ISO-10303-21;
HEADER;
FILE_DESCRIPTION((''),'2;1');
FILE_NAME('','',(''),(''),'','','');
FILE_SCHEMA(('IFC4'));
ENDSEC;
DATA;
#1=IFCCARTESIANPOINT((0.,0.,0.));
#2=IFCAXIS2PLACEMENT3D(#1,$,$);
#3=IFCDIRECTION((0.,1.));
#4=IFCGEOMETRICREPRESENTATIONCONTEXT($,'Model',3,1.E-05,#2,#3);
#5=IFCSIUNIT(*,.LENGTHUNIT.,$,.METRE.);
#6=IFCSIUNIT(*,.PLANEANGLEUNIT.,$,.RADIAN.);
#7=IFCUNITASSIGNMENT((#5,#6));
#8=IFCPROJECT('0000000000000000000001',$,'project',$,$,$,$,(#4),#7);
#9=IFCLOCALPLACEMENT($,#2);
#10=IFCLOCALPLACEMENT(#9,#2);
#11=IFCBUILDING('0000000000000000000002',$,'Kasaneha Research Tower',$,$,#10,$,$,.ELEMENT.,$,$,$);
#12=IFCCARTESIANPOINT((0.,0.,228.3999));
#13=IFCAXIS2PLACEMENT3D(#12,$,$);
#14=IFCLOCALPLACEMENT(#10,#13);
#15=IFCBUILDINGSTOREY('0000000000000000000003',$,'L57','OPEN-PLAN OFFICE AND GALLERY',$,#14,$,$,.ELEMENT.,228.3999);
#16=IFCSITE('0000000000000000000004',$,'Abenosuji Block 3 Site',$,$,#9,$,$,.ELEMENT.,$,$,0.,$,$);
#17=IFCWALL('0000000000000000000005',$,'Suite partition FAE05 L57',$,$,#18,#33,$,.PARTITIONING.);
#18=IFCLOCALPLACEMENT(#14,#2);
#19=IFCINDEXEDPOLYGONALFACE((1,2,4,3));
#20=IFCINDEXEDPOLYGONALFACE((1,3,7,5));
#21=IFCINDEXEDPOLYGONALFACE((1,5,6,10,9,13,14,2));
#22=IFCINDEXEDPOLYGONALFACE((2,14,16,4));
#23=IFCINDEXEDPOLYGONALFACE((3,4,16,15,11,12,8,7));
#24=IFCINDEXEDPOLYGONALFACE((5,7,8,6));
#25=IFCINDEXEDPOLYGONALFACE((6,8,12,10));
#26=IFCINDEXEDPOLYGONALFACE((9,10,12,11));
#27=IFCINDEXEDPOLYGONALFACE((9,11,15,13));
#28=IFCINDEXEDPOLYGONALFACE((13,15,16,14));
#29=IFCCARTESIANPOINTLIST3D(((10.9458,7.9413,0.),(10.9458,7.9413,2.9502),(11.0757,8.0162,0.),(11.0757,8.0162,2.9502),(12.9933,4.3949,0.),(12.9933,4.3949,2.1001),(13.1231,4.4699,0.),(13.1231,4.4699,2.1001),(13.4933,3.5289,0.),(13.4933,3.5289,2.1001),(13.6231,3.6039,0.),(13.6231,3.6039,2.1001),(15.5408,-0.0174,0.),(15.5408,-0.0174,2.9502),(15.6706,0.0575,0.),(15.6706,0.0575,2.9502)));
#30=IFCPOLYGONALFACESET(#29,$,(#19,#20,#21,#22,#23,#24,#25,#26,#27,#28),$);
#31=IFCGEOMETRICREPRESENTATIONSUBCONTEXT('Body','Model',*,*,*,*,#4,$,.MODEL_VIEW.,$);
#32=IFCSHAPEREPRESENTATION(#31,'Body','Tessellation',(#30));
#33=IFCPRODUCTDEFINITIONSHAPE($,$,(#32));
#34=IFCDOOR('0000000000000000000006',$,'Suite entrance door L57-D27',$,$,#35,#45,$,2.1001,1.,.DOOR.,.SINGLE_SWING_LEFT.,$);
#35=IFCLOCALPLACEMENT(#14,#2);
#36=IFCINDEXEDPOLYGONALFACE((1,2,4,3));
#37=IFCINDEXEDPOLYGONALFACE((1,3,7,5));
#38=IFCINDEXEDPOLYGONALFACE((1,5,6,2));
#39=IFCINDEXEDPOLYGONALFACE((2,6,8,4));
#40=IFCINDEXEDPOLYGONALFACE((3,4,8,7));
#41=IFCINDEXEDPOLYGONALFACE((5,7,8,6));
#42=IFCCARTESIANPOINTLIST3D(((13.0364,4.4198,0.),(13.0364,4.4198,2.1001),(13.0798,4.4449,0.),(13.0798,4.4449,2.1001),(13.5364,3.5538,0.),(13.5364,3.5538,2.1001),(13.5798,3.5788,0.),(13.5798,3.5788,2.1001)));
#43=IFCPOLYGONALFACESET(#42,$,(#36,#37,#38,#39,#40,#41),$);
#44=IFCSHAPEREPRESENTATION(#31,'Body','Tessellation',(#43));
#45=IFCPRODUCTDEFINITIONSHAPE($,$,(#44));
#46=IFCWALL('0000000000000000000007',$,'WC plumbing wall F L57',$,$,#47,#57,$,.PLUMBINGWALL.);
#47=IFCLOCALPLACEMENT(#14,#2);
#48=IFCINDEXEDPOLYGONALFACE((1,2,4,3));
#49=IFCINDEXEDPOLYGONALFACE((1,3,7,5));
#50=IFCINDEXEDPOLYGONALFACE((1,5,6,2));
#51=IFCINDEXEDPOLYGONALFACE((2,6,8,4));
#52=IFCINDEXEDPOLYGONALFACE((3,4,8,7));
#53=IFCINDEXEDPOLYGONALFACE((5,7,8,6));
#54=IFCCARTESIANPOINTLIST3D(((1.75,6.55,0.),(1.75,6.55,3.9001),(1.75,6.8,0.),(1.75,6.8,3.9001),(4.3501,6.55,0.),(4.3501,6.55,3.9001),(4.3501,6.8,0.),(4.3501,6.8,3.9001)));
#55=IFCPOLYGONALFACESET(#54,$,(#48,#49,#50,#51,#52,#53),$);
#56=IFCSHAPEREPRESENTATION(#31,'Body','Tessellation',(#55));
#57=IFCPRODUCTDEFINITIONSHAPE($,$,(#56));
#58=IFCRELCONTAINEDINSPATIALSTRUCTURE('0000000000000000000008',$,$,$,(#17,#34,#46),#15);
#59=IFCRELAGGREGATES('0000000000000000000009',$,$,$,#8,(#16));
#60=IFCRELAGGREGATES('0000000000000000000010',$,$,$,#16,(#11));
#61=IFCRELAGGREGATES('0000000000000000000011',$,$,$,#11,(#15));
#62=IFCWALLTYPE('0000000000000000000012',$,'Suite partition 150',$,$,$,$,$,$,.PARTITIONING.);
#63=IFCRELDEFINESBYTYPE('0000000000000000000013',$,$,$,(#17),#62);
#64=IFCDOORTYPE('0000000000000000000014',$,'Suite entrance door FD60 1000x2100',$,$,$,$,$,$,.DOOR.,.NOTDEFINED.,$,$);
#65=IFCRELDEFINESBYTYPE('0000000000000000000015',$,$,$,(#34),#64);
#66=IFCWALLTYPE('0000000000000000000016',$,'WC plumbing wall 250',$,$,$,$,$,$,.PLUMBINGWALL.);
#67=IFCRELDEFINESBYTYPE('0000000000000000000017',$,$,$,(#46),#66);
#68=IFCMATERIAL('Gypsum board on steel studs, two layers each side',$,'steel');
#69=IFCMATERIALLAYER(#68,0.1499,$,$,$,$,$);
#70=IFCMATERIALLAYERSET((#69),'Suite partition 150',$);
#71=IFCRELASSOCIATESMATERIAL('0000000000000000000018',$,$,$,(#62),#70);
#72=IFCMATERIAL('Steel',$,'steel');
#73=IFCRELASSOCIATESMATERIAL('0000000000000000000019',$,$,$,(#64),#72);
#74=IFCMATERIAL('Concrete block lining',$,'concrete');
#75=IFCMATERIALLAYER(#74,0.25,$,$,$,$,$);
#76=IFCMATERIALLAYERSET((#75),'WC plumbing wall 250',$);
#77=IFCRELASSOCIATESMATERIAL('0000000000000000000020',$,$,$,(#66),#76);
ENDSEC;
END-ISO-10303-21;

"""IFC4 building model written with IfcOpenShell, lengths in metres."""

from ifc_helpers import new_model, si_unit, direction, frame, frame_2d, origin, place, context, subcontext, project, spatial, rectangle, extrude, material, layer, layer_set, type_object, element, fill, save


model = new_model("IFC4")

# Units and contexts
model_context = context("Model", 3, precision=1e-05, world=origin(), true_north=direction((0.0, 1.0)))
body_context = subcontext(model_context, "Body", "Model", "MODEL_VIEW")
ifc_project = project(units=[si_unit("LENGTHUNIT", "METRE"), si_unit("PLANEANGLEUNIT", "RADIAN")], contexts=[model_context])

# Site, building, storey
site_placement = place(None, origin())
site = spatial("IfcSite", under=ifc_project, at=site_placement, Name="Abenosuji Block 3 Site", CompositionType="ELEMENT", RefElevation=0.0)
building_placement = place(site_placement, origin())
building = spatial("IfcBuilding", under=site, at=building_placement, Name="Kasaneha Research Tower", CompositionType="ELEMENT")
storey_placement = place(building_placement, frame((0.0, 0.0, 228.3999)))
storey = spatial("IfcBuildingStorey", under=building, at=storey_placement, Name="L57", Description="OPEN-PLAN OFFICE AND GALLERY", CompositionType="ELEMENT", Elevation=228.3999)

# Shared definitions
ifc_material_1 = material(Name="Gypsum board on steel studs, two layers each side", Category="steel")
ifc_layer_1 = layer(ifc_material_1, 0.1499)
ifc_layer_set_1 = layer_set([ifc_layer_1], Name="Suite partition 150")
wall_type_1 = type_object("IfcWallType", Name="Suite partition 150", PredefinedType="PARTITIONING", material=ifc_layer_set_1)

# Wall, opening, door
wall_1_placement = place(storey_placement, frame((11.0107, 7.9788, 0.0), z_axis=(0.0, 0.0, 1.0), x_axis=(0.499999, -0.866026, 0.0)))
wall_1 = element("IfcWall", 1, at=wall_1_placement, inside=storey, type_object=wall_type_1, Name="Suite partition FAE05 L57", PredefinedType="PARTITIONING", context=body_context, shape_type="SweptSolid", body=[
    extrude(rectangle(XDim=9.1899, YDim=0.1499, at=frame_2d((4.595, 0.0))), origin(), (0.0, 0.0, 1.0), 2.9502),
])
opening_1_placement = place(wall_1_placement, frame((4.095, 0.0, 0.0)))
opening_1 = element("IfcOpeningElement", 2, at=opening_1_placement, cuts=wall_1, PredefinedType="OPENING", context=body_context, shape_type="SweptSolid", body=[
    extrude(rectangle(XDim=1.0, YDim=2.1001, at=frame_2d((0.5, 1.05))), frame((0.0, 0.085, 0.0), z_axis=(0.0, -1.0, 0.0), x_axis=(1.0, 0.0, 0.0)), (0.0, 0.0, 1.0), 0.1699),
])
ifc_material_2 = material(Name="Steel", Category="steel")
door_type_1 = type_object("IfcDoorType", Name="Suite entrance door FD60 1000x2100", OperationType="NOTDEFINED", PredefinedType="DOOR", material=ifc_material_2)
door_1_placement = place(opening_1_placement, origin())
door_1 = element("IfcDoor", 3, at=door_1_placement, inside=storey, type_object=door_type_1, Name="Suite entrance door L57-D27", OperationType="SINGLE_SWING_LEFT", OverallHeight=2.1001, OverallWidth=1.0, PredefinedType="DOOR", context=body_context, shape_type="SweptSolid", body=[
    extrude(rectangle(XDim=1.0, YDim=2.1001, at=frame_2d((0.5, 1.05))), frame((0.0, 0.0249, 0.0), z_axis=(0.0, -1.0, 0.0), x_axis=(1.0, 0.0, 0.0)), (0.0, 0.0, 1.0), 0.05),
])
fill(opening_1, door_1)

# Wall
ifc_material_3 = material(Name="Concrete block lining", Category="concrete")
ifc_layer_2 = layer(ifc_material_3, 0.25)
ifc_layer_set_2 = layer_set([ifc_layer_2], Name="WC plumbing wall 250")
wall_type_2 = type_object("IfcWallType", Name="WC plumbing wall 250", PredefinedType="PLUMBINGWALL", material=ifc_layer_set_2)
wall_2_placement = place(storey_placement, frame((1.75, 6.675, 0.0), z_axis=(0.0, 0.0, 1.0), x_axis=(1.0, 0.0, 0.0)))
element("IfcWall", 4, at=wall_2_placement, inside=storey, type_object=wall_type_2, Name="WC plumbing wall F L57", PredefinedType="PLUMBINGWALL", context=body_context, shape_type="SweptSolid", body=[
    extrude(rectangle(XDim=2.6001, YDim=0.25, at=frame_2d((1.3, 0.0))), origin(), (0.0, 0.0, 1.0), 3.9001),
])

save(model, "model.ifc")
